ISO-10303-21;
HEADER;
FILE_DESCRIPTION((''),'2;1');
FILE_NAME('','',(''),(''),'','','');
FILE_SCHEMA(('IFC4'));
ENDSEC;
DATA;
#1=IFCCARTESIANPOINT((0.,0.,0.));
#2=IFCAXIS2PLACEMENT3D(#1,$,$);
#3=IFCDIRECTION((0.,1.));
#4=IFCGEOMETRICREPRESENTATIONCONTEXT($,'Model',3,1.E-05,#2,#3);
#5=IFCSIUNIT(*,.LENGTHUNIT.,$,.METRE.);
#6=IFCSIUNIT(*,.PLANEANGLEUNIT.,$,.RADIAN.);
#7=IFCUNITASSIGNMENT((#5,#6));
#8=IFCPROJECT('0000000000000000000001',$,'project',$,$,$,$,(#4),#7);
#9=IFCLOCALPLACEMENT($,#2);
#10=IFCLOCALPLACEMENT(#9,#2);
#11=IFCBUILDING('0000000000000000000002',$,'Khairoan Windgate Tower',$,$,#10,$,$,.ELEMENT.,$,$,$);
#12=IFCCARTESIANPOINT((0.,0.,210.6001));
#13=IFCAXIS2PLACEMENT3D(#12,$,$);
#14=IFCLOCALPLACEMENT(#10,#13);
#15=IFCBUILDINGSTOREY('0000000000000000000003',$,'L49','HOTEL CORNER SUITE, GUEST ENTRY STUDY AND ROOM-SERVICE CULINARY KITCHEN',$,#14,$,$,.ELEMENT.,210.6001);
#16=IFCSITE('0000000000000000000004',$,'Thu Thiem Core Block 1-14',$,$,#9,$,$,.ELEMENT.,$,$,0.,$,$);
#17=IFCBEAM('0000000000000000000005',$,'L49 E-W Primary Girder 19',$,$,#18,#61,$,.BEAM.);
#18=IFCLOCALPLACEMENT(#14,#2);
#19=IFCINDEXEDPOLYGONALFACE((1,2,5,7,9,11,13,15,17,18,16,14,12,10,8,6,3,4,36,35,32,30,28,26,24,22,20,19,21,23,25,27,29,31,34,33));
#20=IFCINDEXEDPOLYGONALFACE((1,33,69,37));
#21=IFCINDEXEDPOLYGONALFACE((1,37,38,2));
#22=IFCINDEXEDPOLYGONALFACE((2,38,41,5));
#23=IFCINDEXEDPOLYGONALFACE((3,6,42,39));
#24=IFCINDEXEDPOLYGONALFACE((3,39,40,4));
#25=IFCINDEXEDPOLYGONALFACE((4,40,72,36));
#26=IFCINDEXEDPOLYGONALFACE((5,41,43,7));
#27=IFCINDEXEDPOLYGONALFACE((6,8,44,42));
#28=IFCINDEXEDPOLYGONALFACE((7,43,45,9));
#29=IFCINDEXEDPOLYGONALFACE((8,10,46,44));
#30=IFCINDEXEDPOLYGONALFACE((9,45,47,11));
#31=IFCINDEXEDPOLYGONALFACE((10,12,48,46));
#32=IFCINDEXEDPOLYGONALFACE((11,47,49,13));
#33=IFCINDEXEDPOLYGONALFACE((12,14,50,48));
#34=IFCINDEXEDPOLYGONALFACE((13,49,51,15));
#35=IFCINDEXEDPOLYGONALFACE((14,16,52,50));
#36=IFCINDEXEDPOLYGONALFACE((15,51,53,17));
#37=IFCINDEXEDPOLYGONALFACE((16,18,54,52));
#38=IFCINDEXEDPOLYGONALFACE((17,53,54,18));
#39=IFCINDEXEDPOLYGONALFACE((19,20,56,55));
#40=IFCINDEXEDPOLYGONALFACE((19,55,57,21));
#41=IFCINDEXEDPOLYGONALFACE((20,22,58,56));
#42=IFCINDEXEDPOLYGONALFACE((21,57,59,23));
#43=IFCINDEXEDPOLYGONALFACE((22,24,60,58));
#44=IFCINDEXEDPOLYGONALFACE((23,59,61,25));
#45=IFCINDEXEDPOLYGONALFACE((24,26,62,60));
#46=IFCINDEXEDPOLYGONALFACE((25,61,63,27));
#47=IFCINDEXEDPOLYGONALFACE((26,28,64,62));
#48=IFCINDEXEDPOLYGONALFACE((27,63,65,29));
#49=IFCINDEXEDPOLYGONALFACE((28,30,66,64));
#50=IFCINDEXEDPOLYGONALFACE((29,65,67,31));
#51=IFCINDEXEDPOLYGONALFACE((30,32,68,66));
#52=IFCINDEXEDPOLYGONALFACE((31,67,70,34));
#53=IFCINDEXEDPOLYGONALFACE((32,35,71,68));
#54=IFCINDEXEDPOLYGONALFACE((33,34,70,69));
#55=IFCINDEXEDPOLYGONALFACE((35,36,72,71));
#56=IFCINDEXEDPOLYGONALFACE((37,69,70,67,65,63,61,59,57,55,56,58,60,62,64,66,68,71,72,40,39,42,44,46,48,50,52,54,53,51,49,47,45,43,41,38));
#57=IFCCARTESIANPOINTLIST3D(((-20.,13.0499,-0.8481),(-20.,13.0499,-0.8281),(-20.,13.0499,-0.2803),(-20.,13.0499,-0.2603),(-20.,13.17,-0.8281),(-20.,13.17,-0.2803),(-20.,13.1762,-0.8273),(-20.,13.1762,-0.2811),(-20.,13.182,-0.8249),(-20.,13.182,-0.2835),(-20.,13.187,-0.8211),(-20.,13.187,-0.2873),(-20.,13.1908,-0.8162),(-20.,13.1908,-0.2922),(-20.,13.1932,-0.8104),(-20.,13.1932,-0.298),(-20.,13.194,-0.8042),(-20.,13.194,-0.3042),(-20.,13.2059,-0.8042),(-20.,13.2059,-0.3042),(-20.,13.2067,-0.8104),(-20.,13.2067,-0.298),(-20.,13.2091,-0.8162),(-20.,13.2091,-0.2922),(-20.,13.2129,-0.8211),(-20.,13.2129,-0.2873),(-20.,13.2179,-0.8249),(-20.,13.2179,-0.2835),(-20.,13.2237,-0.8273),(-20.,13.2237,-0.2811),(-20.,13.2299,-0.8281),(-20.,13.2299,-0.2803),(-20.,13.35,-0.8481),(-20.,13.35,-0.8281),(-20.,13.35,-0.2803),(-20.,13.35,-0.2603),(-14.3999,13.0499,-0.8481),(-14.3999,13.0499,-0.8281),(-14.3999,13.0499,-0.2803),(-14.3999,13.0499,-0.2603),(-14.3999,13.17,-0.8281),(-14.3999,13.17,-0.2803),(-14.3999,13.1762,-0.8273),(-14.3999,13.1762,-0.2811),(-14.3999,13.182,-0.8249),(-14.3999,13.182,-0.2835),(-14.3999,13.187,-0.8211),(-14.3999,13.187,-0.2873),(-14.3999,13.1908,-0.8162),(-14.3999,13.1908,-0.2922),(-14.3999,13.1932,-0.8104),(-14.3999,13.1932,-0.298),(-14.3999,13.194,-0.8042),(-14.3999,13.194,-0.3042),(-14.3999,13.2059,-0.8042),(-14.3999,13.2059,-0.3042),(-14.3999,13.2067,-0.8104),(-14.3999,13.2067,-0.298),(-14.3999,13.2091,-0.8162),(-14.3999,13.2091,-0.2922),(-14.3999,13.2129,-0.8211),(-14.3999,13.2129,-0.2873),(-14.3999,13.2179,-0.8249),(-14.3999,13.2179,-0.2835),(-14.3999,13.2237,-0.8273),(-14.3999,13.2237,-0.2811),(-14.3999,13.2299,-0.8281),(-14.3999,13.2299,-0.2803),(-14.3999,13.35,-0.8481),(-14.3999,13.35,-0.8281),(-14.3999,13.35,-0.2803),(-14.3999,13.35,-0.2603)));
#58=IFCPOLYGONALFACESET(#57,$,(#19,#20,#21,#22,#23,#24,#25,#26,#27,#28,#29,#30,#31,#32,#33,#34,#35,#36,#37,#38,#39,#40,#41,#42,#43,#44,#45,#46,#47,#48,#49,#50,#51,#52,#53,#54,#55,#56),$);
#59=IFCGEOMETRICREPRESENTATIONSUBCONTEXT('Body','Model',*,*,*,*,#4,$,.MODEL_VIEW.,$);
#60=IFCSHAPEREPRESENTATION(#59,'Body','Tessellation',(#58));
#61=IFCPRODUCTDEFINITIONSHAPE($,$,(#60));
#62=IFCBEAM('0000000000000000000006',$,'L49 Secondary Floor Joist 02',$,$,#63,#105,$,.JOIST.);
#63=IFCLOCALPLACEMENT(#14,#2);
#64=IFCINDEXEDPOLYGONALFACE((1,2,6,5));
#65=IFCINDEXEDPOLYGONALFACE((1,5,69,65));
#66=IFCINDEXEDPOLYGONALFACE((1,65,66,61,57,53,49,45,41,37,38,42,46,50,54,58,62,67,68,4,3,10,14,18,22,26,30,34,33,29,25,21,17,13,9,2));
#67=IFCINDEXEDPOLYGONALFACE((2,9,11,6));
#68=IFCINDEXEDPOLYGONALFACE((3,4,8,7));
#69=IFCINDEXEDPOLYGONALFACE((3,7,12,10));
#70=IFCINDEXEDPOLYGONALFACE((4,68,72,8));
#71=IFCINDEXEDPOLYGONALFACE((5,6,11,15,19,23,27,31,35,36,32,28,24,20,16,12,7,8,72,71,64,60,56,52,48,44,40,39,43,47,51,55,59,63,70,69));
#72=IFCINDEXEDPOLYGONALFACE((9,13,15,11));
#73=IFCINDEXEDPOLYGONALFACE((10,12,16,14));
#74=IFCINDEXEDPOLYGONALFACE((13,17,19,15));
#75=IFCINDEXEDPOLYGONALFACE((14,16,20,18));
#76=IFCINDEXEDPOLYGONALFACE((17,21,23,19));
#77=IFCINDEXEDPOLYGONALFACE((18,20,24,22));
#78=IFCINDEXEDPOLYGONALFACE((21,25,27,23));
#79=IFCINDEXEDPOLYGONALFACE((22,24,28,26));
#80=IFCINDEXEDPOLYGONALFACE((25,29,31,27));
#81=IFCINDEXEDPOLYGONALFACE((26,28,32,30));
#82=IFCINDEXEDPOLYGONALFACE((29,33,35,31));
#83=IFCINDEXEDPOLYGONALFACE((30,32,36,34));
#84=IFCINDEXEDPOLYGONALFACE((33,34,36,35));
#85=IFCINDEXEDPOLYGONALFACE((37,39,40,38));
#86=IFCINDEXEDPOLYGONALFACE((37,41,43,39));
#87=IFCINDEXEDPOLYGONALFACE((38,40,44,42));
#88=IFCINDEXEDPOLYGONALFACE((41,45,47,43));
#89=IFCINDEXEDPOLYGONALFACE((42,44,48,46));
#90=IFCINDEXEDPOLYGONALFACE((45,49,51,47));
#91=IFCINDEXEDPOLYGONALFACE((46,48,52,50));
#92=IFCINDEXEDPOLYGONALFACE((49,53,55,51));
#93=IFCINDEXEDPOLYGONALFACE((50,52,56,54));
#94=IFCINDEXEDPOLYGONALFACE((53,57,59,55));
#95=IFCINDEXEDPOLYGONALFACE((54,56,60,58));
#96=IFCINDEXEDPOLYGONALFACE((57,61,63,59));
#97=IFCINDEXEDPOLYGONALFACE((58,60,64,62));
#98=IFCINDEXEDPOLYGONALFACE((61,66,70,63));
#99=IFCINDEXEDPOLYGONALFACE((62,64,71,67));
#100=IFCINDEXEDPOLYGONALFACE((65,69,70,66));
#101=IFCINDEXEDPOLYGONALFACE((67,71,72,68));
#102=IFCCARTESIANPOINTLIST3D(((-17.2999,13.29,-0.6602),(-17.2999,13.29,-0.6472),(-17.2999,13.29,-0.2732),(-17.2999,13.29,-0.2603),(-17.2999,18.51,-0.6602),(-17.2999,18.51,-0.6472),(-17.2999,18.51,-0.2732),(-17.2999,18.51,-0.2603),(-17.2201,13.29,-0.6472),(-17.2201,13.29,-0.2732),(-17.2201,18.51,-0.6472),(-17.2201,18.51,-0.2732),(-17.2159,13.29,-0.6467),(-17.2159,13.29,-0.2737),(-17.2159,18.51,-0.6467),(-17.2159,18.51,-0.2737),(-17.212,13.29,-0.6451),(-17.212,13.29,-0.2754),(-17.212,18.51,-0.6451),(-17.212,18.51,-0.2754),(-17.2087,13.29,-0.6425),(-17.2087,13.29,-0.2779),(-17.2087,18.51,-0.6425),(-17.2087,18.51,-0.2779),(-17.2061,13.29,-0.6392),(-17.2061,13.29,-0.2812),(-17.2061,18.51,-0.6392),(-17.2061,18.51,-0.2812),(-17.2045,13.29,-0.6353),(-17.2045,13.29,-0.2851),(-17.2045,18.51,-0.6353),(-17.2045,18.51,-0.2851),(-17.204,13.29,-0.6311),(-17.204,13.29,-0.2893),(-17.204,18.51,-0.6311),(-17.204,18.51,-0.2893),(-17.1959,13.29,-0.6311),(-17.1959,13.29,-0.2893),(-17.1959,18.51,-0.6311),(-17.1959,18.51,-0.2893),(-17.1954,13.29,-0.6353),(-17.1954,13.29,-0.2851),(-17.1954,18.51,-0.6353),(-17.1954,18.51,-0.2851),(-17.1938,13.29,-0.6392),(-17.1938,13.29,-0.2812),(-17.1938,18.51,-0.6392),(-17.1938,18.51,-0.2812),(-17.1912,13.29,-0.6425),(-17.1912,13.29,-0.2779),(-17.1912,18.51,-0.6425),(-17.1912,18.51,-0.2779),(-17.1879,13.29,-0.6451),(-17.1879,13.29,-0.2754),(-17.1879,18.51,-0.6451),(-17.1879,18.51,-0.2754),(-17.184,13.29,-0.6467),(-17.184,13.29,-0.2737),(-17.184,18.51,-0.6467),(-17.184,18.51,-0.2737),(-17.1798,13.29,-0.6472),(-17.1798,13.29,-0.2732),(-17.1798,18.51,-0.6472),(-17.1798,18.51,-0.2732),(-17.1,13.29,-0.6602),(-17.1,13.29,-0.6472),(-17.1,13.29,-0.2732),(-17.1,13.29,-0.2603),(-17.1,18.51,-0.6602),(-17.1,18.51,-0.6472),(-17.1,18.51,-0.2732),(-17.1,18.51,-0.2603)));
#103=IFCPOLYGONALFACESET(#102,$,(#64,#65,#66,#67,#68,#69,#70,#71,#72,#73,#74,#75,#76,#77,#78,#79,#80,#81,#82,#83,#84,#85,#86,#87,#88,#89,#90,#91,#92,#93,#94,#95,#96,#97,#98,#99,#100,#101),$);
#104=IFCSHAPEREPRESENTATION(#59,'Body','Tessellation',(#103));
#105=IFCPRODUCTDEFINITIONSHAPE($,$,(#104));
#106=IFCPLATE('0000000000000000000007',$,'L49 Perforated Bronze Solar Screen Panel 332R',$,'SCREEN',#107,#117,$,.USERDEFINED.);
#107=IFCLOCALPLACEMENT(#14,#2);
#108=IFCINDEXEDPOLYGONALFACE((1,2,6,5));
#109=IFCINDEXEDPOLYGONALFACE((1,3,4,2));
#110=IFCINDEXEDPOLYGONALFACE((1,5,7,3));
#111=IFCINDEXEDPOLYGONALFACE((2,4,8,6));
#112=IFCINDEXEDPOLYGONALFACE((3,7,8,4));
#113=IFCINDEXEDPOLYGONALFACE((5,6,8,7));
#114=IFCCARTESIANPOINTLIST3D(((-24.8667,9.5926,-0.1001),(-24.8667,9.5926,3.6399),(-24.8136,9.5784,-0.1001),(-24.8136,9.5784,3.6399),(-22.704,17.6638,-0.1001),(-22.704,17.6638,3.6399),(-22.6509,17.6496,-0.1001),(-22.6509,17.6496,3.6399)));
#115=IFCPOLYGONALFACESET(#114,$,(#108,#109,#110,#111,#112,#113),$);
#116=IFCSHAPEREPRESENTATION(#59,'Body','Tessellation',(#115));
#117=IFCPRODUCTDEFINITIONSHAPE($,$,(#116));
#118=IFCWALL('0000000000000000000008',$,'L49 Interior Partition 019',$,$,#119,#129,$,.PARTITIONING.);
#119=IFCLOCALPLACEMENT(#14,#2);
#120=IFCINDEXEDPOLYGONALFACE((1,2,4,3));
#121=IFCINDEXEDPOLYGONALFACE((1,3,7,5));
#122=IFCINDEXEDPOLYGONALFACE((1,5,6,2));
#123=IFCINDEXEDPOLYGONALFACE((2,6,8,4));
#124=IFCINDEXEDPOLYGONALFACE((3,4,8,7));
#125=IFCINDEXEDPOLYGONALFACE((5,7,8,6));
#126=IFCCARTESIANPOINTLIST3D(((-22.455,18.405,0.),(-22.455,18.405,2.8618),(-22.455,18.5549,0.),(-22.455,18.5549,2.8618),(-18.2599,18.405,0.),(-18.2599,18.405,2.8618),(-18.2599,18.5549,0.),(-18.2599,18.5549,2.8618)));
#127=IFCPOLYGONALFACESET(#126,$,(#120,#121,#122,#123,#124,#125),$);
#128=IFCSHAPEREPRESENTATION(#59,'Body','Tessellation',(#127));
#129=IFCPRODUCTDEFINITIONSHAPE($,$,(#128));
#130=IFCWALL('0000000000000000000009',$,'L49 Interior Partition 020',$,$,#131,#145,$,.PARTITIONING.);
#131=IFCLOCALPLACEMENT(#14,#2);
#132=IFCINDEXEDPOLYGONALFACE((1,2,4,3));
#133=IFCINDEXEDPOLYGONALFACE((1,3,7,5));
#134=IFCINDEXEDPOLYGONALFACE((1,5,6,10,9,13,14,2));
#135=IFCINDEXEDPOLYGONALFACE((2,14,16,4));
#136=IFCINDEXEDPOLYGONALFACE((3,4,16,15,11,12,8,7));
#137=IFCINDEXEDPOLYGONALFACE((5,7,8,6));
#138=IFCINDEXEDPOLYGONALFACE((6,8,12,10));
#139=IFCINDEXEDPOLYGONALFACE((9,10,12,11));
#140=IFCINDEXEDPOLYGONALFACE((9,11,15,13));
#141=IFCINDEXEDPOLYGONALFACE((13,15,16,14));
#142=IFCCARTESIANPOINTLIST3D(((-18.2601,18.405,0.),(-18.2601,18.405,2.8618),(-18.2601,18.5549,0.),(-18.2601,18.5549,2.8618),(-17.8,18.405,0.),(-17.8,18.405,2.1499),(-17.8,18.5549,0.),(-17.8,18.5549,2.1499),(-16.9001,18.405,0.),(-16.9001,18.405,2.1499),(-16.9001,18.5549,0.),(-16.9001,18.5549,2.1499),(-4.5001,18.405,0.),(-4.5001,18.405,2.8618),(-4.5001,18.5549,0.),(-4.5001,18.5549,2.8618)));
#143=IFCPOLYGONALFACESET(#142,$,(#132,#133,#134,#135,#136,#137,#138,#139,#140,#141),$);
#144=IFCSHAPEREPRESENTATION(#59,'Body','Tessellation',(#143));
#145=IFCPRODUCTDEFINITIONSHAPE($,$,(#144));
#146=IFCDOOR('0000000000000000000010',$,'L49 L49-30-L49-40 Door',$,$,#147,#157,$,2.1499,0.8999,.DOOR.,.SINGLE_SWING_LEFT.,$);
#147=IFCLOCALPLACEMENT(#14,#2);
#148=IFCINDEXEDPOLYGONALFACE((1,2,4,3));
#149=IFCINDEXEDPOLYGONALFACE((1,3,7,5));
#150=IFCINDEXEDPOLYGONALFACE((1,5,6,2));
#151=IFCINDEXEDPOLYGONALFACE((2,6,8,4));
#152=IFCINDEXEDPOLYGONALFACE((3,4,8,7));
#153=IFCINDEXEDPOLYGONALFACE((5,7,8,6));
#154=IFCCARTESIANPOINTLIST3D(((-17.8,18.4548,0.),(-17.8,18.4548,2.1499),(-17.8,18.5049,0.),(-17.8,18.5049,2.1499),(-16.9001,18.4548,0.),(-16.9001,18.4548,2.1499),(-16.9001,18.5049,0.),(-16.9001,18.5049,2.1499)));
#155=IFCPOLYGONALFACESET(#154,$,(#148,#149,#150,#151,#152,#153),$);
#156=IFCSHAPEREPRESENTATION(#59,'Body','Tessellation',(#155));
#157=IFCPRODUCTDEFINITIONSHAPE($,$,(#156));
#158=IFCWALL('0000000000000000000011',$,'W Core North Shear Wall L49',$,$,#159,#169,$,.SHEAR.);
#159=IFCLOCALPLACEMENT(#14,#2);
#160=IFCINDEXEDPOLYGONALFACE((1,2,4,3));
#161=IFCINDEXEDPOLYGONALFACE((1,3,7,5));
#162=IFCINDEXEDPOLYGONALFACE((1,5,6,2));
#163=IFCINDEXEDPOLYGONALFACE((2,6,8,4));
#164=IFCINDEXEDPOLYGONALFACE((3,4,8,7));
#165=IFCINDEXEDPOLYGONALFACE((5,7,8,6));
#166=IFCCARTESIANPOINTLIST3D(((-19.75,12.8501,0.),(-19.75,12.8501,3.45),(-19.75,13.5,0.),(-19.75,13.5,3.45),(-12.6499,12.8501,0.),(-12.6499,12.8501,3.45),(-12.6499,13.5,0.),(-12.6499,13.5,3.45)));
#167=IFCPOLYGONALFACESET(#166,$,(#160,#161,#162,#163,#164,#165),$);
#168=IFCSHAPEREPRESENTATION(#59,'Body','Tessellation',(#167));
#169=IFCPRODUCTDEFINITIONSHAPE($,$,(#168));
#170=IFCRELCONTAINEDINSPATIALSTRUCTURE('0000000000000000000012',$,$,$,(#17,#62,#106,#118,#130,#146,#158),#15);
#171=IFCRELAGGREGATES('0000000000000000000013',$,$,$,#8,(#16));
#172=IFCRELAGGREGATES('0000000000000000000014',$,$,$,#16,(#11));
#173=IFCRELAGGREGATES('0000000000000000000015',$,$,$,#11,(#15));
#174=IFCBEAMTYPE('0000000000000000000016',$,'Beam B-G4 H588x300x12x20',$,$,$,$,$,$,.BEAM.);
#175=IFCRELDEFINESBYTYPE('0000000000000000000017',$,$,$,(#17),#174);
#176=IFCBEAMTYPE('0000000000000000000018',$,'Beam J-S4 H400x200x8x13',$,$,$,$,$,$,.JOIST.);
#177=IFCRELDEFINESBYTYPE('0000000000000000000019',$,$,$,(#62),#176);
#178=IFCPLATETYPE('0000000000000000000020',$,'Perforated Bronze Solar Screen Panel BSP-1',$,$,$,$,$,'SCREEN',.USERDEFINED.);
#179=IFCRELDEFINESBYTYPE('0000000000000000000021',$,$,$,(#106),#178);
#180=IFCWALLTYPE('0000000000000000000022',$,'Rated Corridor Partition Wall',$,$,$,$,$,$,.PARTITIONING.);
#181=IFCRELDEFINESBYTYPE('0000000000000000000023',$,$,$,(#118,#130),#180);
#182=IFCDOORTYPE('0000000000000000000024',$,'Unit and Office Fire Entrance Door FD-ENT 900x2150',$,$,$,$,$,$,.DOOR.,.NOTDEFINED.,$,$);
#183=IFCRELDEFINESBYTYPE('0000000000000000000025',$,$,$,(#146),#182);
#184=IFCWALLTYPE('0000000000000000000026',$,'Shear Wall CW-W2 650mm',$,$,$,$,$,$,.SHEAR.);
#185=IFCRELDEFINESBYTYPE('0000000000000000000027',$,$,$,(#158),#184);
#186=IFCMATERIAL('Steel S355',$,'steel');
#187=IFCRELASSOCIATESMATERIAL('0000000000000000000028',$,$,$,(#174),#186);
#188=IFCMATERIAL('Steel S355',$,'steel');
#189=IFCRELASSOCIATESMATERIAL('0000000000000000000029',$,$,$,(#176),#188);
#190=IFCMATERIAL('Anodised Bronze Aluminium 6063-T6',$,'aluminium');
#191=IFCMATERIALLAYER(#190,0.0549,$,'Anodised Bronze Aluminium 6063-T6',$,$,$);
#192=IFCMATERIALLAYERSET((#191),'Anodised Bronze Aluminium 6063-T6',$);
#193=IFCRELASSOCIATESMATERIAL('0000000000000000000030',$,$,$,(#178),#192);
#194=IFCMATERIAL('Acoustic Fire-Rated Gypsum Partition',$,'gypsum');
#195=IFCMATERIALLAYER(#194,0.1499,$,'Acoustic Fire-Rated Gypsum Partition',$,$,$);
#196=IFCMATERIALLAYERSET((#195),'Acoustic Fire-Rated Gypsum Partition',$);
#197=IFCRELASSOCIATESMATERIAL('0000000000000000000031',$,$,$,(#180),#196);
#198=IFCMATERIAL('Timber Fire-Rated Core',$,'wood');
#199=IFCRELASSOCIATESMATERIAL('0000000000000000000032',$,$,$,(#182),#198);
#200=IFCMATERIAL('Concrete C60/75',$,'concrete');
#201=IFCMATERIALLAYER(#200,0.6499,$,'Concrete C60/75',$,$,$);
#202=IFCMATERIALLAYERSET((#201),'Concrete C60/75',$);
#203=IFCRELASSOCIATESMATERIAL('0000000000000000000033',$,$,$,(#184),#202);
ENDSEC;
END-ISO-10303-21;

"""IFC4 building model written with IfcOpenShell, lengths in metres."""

from ifc_helpers import new_model, si_unit, direction, frame, frame_2d, origin, origin_2d, place, context, subcontext, project, spatial, rectangle, i_section, extrude, material, layer, layer_set, material_profile, profile_set, type_object, element, fill, save


model = new_model("IFC4")

# Units and contexts
model_context = context("Model", 3, precision=1e-05, world=origin(), true_north=direction((0.0, 1.0)))
body_context = subcontext(model_context, "Body", "Model", "MODEL_VIEW")
ifc_project = project(units=[si_unit("LENGTHUNIT", "METRE"), si_unit("PLANEANGLEUNIT", "RADIAN")], contexts=[model_context])

# Site, building, storey
site_placement = place(None, origin())
site = spatial("IfcSite", under=ifc_project, at=site_placement, Name="Thu Thiem Core Block 1-14", CompositionType="ELEMENT", RefElevation=0.0)
building_placement = place(site_placement, origin())
building = spatial("IfcBuilding", under=site, at=building_placement, Name="Khairoan Windgate Tower", CompositionType="ELEMENT")
storey_placement = place(building_placement, frame((0.0, 0.0, 210.6001)))
storey = spatial("IfcBuildingStorey", under=building, at=storey_placement, Name="L49", Description="HOTEL CORNER SUITE, GUEST ENTRY STUDY AND ROOM-SERVICE CULINARY KITCHEN", CompositionType="ELEMENT", Elevation=210.6001)

# Beams
ifc_material_1 = material(Name="Steel S355", Category="steel")
ifc_material_profile_1 = material_profile(ifc_material_1, i_section(OverallWidth=0.3, OverallDepth=0.5879, WebThickness=0.012, FlangeThickness=0.02, FilletRadius=0.0239, at=origin_2d()))
ifc_profile_set_1 = profile_set([ifc_material_profile_1], Name="Steel S355")
beam_type_1 = type_object("IfcBeamType", Name="Beam B-G4 H588x300x12x20", PredefinedType="BEAM", material=ifc_profile_set_1)
beam_1_placement = place(storey_placement, frame((-20.0, 13.2, -0.5542), z_axis=(1.0, 0.0, 0.0), x_axis=(0.0, 1.0, 0.0)))
element("IfcBeam", 1, at=beam_1_placement, inside=storey, type_object=beam_type_1, Name="L49 E-W Primary Girder 19", PredefinedType="BEAM", context=body_context, shape_type="SweptSolid", body=[
    extrude(i_section(OverallWidth=0.3, OverallDepth=0.5879, WebThickness=0.012, FlangeThickness=0.02, FilletRadius=0.0239, at=origin_2d()), origin(), (0.0, 0.0, 1.0), 5.6001),
])
ifc_material_2 = material(Name="Steel S355", Category="steel")
ifc_material_profile_2 = material_profile(ifc_material_2, i_section(OverallWidth=0.2, OverallDepth=0.3999, WebThickness=0.0081, FlangeThickness=0.0129, FilletRadius=0.0161, at=origin_2d()))
ifc_profile_set_2 = profile_set([ifc_material_profile_2], Name="Steel S355")
beam_type_2 = type_object("IfcBeamType", Name="Beam J-S4 H400x200x8x13", PredefinedType="JOIST", material=ifc_profile_set_2)
beam_2_placement = place(storey_placement, frame((-17.2, 13.29, -0.4602), z_axis=(0.0, 1.0, 0.0), x_axis=(-1.0, 0.0, 0.0)))
element("IfcBeam", 2, at=beam_2_placement, inside=storey, type_object=beam_type_2, Name="L49 Secondary Floor Joist 02", PredefinedType="JOIST", context=body_context, shape_type="SweptSolid", body=[
    extrude(i_section(OverallWidth=0.2, OverallDepth=0.3999, WebThickness=0.0081, FlangeThickness=0.0129, FilletRadius=0.0161, at=origin_2d()), origin(), (0.0, 0.0, 1.0), 5.22),
])

# Plate
ifc_material_3 = material(Name="Anodised Bronze Aluminium 6063-T6", Category="aluminium")
ifc_layer_1 = layer(ifc_material_3, 0.0549, Name="Anodised Bronze Aluminium 6063-T6")
ifc_layer_set_1 = layer_set([ifc_layer_1], Name="Anodised Bronze Aluminium 6063-T6")
plate_type = type_object("IfcPlateType", Name="Perforated Bronze Solar Screen Panel BSP-1", ElementType="SCREEN", PredefinedType="USERDEFINED", material=ifc_layer_set_1)
plate_placement = place(storey_placement, frame((-23.7588, 13.6211, -0.1001), z_axis=(0.0, 0.0, 1.0), x_axis=(0.258819, 0.965926, 0.0)))
element("IfcPlate", 3, at=plate_placement, inside=storey, type_object=plate_type, Name="L49 Perforated Bronze Solar Screen Panel 332R", ObjectType="SCREEN", PredefinedType="USERDEFINED", context=body_context, shape_type="SweptSolid", body=[
    extrude(rectangle(XDim=8.356, YDim=0.0549, at=origin_2d()), origin(), (0.0, 0.0, 1.0), 3.74),
])

# Wall
ifc_material_4 = material(Name="Acoustic Fire-Rated Gypsum Partition", Category="gypsum")
ifc_layer_2 = layer(ifc_material_4, 0.1499, Name="Acoustic Fire-Rated Gypsum Partition")
ifc_layer_set_2 = layer_set([ifc_layer_2], Name="Acoustic Fire-Rated Gypsum Partition")
wall_type_1 = type_object("IfcWallType", Name="Rated Corridor Partition Wall", PredefinedType="PARTITIONING", material=ifc_layer_set_2)
wall_1_placement = place(storey_placement, frame((-22.4551, 18.48, 0.0), z_axis=(0.0, 0.0, 1.0), x_axis=(1.0, 0.0, 0.0)))
element("IfcWall", 4, at=wall_1_placement, inside=storey, type_object=wall_type_1, Name="L49 Interior Partition 019", PredefinedType="PARTITIONING", context=body_context, shape_type="SweptSolid", body=[
    extrude(rectangle(XDim=4.1951, YDim=0.1499, at=frame_2d((2.0977, 0.0))), origin(), (0.0, 0.0, 1.0), 2.8618),
])

# Wall, opening, door
wall_2_placement = place(storey_placement, frame((-18.26, 18.48, 0.0), z_axis=(0.0, 0.0, 1.0), x_axis=(1.0, 0.0, 0.0)))
wall_2 = element("IfcWall", 5, at=wall_2_placement, inside=storey, type_object=wall_type_1, Name="L49 Interior Partition 020", PredefinedType="PARTITIONING", context=body_context, shape_type="SweptSolid", body=[
    extrude(rectangle(XDim=13.76, YDim=0.1499, at=frame_2d((6.8799, 0.0))), origin(), (0.0, 0.0, 1.0), 2.8618),
])
opening_1_placement = place(wall_2_placement, frame((0.46, 0.0, 0.0)))
opening_1 = element("IfcOpeningElement", 6, at=opening_1_placement, cuts=wall_2, PredefinedType="OPENING", context=body_context, shape_type="SweptSolid", body=[
    extrude(rectangle(XDim=0.8999, YDim=2.1499, at=frame_2d((0.45, 1.075))), frame((0.0, 0.085, 0.0), z_axis=(0.0, -1.0, 0.0), x_axis=(1.0, 0.0, 0.0)), (0.0, 0.0, 1.0), 0.1699),
])
ifc_material_5 = material(Name="Timber Fire-Rated Core", Category="wood")
door_type = type_object("IfcDoorType", Name="Unit and Office Fire Entrance Door FD-ENT 900x2150", OperationType="NOTDEFINED", PredefinedType="DOOR", material=ifc_material_5)
door_1_placement = place(opening_1_placement, origin())
door_1 = element("IfcDoor", 7, at=door_1_placement, inside=storey, type_object=door_type, Name="L49 L49-30-L49-40 Door", OperationType="SINGLE_SWING_LEFT", OverallHeight=2.1499, OverallWidth=0.8999, PredefinedType="DOOR", context=body_context, shape_type="SweptSolid", body=[
    extrude(rectangle(XDim=0.8999, YDim=2.1499, at=frame_2d((0.45, 1.075))), frame((0.0, 0.0249, 0.0), z_axis=(0.0, -1.0, 0.0), x_axis=(1.0, 0.0, 0.0)), (0.0, 0.0, 1.0), 0.05),
])
fill(opening_1, door_1)

# Wall
ifc_material_6 = material(Name="Concrete C60/75", Category="concrete")
ifc_layer_3 = layer(ifc_material_6, 0.6499, Name="Concrete C60/75")
ifc_layer_set_3 = layer_set([ifc_layer_3], Name="Concrete C60/75")
wall_type_2 = type_object("IfcWallType", Name="Shear Wall CW-W2 650mm", PredefinedType="SHEAR", material=ifc_layer_set_3)
wall_3_placement = place(storey_placement, frame((-19.75, 13.175, 0.0), z_axis=(0.0, 0.0, 1.0), x_axis=(1.0, 0.0, 0.0)))
element("IfcWall", 8, at=wall_3_placement, inside=storey, type_object=wall_type_2, Name="W Core North Shear Wall L49", PredefinedType="SHEAR", context=body_context, shape_type="SweptSolid", body=[
    extrude(rectangle(XDim=7.1001, YDim=0.6499, at=frame_2d((3.55, 0.0))), origin(), (0.0, 0.0, 1.0), 3.45),
])

save(model, "model.ifc")
